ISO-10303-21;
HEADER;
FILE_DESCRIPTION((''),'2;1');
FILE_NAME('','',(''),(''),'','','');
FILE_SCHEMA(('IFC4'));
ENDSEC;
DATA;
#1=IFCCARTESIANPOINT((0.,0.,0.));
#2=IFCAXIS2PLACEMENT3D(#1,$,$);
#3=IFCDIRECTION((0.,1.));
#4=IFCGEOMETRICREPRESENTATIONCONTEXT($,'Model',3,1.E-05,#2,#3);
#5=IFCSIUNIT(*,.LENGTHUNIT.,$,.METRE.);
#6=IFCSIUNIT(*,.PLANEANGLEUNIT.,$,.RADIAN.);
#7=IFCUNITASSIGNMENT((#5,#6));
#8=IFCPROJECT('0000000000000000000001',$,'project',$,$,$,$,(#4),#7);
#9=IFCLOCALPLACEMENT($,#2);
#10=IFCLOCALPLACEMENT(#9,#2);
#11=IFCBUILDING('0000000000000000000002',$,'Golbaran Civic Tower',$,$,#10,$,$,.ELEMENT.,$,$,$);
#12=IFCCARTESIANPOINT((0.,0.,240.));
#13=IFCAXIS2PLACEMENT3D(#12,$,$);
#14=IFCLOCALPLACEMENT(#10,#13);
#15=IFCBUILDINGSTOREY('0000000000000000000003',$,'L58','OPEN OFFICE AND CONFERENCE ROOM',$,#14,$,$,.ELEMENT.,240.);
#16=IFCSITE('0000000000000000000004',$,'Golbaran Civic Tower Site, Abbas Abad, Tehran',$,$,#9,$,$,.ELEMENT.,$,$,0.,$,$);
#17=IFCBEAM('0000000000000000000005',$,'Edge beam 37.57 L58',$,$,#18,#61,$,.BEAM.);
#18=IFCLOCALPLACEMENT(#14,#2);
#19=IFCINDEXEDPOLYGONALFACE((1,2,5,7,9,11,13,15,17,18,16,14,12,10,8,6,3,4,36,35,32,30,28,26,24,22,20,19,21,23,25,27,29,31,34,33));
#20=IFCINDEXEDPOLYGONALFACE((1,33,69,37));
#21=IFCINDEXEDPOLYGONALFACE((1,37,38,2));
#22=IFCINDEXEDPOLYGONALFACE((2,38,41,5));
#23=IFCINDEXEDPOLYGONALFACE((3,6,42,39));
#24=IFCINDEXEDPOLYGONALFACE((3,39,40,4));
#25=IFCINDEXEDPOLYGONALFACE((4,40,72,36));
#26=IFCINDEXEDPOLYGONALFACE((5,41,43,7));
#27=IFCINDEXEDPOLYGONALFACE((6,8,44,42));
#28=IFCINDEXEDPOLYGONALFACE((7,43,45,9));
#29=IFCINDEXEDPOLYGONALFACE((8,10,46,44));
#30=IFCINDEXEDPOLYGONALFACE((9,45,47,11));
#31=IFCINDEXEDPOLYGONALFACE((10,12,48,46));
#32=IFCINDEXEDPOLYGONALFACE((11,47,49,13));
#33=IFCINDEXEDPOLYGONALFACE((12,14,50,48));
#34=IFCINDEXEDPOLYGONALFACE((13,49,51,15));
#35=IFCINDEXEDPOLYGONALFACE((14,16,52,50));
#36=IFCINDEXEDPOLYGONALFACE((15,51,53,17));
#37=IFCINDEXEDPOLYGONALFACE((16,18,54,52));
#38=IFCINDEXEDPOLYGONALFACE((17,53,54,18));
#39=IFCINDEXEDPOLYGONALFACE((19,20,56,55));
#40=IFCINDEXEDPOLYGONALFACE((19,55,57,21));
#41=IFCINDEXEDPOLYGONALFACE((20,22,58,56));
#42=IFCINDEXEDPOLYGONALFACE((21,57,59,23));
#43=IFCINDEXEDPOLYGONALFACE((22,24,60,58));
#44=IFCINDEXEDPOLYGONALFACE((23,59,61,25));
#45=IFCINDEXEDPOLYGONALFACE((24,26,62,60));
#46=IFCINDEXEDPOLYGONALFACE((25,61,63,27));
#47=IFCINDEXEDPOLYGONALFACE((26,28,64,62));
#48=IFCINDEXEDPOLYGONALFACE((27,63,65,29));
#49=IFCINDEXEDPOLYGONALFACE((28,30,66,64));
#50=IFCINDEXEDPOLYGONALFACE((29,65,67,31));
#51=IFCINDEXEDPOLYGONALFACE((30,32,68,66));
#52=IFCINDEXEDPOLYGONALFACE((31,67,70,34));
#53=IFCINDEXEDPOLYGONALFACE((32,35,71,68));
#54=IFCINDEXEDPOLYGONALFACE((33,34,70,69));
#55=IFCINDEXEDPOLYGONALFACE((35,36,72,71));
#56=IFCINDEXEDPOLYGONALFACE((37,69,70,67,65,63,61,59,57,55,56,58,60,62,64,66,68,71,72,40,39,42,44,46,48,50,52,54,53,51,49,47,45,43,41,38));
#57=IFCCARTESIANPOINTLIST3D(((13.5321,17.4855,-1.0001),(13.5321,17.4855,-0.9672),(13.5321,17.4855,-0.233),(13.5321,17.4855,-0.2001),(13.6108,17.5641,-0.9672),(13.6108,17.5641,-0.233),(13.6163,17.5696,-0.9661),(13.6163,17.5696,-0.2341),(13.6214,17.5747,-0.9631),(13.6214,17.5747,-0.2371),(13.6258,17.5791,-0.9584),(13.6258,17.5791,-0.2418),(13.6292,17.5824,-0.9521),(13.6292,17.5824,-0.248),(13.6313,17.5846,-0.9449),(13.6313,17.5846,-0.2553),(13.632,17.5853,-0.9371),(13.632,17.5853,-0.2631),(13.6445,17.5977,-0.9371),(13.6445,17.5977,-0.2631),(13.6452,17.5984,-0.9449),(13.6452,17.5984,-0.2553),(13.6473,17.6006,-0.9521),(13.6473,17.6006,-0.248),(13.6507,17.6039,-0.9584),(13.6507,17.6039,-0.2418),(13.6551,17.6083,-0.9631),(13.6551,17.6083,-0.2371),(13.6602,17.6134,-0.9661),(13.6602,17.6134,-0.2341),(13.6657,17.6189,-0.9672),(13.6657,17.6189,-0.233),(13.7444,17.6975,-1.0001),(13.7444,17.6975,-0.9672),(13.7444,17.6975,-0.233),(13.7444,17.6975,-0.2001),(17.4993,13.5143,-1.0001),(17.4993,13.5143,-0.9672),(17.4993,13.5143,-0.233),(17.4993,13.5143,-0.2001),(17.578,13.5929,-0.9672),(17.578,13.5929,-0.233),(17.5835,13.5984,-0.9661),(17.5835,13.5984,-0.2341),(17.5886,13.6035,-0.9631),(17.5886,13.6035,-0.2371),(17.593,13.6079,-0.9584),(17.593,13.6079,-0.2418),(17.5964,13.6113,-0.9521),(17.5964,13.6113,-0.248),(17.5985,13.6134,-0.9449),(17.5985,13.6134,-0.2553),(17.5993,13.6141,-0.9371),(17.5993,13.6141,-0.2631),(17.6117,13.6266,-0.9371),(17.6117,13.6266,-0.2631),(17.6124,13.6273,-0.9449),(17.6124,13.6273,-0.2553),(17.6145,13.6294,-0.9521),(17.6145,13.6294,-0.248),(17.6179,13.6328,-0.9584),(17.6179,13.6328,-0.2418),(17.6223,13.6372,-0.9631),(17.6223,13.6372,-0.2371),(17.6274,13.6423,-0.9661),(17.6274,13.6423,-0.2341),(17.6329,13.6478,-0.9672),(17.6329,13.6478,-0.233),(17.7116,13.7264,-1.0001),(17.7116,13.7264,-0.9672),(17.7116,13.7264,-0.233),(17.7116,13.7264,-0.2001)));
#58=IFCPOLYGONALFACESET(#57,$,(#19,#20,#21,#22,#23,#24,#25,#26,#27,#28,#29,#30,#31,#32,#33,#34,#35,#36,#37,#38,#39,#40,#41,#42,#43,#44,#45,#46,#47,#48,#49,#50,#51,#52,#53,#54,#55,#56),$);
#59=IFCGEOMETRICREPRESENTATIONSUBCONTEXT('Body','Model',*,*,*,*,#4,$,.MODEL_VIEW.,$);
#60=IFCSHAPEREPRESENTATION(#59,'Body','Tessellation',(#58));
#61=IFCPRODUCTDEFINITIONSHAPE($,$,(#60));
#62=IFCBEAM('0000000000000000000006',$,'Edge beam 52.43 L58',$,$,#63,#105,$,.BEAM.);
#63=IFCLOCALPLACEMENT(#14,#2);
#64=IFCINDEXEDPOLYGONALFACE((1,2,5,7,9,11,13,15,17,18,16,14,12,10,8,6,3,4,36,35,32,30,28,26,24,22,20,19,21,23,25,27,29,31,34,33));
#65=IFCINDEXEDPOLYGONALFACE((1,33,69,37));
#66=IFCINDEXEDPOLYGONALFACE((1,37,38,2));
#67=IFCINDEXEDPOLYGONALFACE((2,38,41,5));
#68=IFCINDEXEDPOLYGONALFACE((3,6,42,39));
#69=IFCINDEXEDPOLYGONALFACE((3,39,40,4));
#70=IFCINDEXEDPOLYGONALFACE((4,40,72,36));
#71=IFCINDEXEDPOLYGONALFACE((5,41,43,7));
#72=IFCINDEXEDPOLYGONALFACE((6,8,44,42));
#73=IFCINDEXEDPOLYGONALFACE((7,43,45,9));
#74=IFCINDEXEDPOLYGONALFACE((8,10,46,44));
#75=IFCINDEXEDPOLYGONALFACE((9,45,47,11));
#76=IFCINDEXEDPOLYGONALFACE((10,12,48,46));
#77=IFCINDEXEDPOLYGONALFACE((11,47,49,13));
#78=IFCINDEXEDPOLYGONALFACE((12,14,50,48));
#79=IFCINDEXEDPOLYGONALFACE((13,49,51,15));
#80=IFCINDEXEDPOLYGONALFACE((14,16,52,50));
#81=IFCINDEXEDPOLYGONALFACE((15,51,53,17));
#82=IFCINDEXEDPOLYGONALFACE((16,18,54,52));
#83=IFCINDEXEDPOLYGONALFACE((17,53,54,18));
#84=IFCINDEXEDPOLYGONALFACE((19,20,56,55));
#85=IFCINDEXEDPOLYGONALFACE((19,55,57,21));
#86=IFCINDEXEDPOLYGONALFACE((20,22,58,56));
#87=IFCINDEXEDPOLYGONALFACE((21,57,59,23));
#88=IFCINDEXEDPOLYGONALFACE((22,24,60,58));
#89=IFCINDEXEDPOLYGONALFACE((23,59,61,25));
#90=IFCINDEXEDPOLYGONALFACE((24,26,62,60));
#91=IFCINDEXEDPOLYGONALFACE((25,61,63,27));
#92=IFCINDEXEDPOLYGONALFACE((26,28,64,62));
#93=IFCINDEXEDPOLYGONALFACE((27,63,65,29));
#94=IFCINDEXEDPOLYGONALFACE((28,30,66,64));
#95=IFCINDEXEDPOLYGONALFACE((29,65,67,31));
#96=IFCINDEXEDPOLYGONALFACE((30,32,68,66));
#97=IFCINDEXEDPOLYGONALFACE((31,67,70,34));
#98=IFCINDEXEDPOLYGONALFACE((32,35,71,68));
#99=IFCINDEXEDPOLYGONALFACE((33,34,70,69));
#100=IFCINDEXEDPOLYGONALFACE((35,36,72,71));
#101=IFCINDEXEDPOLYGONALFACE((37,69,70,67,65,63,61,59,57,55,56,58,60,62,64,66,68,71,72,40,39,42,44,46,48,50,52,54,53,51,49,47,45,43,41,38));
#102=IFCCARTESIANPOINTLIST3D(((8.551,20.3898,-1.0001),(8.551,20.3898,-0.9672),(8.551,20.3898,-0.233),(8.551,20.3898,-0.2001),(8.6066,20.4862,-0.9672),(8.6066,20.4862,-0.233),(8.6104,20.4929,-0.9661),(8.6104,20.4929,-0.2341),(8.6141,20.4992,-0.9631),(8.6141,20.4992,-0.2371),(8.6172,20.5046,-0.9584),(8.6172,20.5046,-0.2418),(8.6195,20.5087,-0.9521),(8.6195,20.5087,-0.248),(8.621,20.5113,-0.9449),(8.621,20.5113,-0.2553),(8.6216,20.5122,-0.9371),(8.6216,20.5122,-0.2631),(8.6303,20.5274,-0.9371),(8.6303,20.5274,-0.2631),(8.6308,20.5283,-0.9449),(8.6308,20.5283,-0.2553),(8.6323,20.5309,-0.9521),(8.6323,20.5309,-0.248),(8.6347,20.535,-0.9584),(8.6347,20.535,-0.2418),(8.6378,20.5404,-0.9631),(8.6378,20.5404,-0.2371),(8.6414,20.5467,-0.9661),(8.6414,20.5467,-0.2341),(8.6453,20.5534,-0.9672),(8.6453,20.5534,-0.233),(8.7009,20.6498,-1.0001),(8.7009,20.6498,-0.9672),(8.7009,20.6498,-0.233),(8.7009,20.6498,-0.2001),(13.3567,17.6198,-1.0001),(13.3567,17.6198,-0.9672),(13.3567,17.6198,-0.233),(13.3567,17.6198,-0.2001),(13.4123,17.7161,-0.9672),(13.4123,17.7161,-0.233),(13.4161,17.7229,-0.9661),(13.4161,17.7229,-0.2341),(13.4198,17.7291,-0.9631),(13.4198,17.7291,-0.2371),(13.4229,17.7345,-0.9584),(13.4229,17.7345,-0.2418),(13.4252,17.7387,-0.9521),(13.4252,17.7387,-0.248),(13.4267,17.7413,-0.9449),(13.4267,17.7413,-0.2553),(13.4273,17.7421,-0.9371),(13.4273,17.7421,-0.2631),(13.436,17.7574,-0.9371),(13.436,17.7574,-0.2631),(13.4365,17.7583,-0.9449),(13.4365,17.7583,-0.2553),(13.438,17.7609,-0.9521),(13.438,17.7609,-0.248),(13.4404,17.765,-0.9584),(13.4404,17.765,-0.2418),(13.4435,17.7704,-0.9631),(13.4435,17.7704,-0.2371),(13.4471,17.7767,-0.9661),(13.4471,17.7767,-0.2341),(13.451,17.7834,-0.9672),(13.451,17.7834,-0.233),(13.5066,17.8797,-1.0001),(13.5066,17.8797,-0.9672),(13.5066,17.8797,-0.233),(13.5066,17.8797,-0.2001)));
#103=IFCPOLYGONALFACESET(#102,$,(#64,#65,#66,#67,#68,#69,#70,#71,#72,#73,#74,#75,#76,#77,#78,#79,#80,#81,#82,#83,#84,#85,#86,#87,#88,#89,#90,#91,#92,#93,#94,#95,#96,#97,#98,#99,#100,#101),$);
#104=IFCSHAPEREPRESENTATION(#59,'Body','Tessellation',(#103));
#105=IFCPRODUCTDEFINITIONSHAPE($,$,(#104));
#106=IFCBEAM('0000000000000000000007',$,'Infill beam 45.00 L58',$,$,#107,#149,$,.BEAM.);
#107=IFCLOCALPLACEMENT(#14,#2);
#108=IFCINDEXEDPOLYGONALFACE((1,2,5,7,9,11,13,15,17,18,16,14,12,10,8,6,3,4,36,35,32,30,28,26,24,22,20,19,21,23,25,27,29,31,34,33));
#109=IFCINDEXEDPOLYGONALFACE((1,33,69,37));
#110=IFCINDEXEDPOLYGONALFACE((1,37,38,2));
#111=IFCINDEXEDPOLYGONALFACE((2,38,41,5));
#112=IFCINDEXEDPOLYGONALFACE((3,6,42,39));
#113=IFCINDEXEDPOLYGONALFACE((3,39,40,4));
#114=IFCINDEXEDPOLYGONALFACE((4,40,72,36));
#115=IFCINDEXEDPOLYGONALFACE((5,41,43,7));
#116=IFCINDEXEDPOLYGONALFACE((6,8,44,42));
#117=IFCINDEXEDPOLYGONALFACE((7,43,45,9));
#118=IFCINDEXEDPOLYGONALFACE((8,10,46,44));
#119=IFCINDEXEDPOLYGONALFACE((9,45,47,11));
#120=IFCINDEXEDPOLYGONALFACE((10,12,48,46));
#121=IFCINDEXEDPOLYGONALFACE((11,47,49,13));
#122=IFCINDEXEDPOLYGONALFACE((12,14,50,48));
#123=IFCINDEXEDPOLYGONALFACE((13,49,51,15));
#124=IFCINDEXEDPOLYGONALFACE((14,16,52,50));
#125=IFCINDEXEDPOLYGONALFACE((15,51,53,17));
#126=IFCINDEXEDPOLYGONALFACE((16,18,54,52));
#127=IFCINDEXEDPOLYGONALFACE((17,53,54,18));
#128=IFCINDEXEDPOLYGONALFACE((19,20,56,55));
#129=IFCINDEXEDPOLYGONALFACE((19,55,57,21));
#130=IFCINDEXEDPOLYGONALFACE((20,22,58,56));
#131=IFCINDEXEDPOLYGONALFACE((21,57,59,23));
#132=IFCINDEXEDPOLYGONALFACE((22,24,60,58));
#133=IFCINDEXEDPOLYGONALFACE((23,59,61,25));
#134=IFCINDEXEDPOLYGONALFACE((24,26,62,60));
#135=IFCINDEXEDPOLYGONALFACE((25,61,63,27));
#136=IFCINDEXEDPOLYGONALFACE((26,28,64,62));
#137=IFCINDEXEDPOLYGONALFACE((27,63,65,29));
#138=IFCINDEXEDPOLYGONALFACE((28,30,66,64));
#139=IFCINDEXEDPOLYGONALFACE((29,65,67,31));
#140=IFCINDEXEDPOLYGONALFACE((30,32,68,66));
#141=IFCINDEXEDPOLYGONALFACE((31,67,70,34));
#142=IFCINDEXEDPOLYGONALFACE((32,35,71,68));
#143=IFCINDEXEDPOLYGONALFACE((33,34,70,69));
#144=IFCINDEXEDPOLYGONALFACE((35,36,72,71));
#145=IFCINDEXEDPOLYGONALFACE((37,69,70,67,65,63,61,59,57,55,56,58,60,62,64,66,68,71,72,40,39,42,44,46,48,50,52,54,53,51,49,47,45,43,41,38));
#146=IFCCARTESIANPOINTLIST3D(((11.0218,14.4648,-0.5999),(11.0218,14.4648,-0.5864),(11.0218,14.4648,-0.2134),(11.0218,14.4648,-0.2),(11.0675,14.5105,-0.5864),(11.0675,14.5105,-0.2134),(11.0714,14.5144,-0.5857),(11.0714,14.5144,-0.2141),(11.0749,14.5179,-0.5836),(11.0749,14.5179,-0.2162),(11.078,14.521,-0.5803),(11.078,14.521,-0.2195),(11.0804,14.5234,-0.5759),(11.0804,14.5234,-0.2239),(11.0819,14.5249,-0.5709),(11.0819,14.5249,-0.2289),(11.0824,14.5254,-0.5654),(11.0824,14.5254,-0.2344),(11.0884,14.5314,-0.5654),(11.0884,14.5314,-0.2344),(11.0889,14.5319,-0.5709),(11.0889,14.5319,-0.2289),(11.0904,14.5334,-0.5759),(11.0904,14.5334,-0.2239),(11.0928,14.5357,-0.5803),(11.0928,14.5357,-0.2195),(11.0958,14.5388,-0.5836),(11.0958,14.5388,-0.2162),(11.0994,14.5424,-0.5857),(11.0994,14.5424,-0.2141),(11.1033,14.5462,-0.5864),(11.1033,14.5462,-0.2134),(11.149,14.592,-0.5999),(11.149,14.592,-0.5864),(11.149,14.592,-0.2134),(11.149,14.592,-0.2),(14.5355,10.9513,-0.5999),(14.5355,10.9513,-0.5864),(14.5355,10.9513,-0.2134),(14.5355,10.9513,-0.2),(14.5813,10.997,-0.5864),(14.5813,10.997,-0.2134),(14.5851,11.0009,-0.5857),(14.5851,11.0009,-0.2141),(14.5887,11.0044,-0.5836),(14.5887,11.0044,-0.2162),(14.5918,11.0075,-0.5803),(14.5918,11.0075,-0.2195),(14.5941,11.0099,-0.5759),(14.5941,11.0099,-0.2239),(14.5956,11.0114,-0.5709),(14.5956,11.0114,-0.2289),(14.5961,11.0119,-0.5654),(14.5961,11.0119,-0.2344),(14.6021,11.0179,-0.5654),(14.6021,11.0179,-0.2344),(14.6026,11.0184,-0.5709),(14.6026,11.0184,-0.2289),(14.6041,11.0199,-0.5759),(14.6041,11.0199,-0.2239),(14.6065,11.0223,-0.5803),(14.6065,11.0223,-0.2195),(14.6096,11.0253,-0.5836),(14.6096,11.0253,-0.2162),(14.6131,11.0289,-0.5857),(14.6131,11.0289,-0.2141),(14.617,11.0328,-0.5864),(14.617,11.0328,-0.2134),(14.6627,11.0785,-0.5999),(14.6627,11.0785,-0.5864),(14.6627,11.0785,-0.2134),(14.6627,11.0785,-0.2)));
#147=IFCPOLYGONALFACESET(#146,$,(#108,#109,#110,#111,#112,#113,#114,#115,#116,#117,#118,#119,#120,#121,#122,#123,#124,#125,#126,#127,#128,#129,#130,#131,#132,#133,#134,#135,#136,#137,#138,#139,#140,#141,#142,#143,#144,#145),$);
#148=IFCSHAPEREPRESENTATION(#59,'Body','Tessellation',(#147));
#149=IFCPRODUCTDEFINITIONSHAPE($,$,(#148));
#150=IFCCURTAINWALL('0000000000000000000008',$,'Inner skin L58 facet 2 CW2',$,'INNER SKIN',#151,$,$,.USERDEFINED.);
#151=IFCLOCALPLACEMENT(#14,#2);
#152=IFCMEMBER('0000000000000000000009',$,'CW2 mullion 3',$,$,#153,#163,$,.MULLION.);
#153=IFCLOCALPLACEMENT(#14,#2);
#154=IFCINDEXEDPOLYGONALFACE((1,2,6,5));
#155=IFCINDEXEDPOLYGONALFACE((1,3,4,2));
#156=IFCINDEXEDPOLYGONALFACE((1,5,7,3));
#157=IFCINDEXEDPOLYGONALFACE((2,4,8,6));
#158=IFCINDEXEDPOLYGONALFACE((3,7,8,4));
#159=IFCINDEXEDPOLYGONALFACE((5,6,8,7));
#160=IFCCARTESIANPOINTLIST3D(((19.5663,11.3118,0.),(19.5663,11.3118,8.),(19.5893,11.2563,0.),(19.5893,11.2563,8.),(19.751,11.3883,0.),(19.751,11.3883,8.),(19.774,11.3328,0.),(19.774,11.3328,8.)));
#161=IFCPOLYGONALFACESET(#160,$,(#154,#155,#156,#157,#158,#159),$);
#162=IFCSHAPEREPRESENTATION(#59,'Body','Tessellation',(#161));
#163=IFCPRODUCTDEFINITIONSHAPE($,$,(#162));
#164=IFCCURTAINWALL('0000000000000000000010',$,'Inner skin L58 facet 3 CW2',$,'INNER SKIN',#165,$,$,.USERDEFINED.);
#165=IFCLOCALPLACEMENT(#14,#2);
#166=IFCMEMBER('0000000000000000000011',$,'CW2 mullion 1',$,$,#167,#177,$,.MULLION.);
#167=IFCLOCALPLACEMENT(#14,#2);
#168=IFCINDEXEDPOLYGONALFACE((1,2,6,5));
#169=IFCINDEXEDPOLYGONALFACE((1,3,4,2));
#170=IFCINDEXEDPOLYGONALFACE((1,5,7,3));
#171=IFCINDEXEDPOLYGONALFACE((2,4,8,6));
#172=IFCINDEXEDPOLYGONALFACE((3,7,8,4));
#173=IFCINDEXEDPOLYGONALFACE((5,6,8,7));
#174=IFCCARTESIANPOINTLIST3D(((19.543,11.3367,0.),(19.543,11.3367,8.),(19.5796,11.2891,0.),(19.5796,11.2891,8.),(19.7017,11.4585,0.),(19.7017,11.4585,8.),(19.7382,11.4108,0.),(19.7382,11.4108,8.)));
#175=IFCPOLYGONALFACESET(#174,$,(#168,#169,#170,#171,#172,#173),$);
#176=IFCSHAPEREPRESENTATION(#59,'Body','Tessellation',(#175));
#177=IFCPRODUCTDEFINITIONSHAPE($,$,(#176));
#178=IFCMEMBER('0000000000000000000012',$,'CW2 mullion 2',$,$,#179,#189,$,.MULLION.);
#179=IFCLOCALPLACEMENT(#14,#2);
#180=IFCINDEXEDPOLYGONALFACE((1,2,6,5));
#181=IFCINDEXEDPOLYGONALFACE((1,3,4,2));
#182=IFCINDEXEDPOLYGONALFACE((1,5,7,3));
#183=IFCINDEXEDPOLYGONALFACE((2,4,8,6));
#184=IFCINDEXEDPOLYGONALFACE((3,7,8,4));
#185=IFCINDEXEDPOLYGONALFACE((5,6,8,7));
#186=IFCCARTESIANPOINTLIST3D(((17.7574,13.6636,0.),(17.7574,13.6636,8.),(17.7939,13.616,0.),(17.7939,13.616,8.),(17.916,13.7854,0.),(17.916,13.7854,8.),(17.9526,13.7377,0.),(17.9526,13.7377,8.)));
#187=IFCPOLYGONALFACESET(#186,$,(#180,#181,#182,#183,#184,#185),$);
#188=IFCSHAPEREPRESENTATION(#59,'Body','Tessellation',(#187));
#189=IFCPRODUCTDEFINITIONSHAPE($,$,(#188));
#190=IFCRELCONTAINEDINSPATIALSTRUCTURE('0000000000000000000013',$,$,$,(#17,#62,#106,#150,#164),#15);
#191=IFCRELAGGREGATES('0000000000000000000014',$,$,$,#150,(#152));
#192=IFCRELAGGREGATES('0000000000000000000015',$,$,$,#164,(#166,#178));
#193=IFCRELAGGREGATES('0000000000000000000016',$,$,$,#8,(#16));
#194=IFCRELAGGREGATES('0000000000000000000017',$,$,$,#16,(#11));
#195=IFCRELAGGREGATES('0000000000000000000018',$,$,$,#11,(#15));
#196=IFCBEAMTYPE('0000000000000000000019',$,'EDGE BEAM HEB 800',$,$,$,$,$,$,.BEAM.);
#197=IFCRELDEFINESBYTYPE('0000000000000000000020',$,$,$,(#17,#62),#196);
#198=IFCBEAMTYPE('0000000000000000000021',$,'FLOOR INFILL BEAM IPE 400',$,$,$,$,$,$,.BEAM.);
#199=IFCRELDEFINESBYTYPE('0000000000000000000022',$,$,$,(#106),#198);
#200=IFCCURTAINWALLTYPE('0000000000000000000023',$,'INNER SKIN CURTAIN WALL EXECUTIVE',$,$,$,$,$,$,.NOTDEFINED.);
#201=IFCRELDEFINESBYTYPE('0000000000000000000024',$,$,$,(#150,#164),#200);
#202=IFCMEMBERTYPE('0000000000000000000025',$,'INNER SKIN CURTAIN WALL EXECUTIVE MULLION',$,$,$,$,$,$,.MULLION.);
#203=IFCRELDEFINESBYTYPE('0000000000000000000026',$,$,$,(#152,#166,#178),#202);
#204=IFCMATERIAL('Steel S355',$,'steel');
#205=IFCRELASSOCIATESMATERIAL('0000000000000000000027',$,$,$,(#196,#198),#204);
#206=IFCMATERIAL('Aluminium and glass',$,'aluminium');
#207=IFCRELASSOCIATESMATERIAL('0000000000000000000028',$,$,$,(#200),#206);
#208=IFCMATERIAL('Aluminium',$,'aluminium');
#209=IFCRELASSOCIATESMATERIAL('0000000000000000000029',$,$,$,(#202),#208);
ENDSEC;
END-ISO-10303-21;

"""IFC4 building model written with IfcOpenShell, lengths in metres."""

from ifc_helpers import new_model, si_unit, direction, frame, origin, origin_2d, place, context, subcontext, project, spatial, rectangle, i_section, extrude, material, material_profile, profile_set, type_object, element, aggregate, save


model = new_model("IFC4")

# Units and contexts
model_context = context("Model", 3, precision=1e-05, world=origin(), true_north=direction((0.0, 1.0)))
body_context = subcontext(model_context, "Body", "Model", "MODEL_VIEW")
ifc_project = project(units=[si_unit("LENGTHUNIT", "METRE"), si_unit("PLANEANGLEUNIT", "RADIAN")], contexts=[model_context])

# Site, building, storey
site_placement = place(None, origin())
site = spatial("IfcSite", under=ifc_project, at=site_placement, Name="Golbaran Civic Tower Site, Abbas Abad, Tehran", CompositionType="ELEMENT", RefElevation=0.0)
building_placement = place(site_placement, origin())
building = spatial("IfcBuilding", under=site, at=building_placement, Name="Golbaran Civic Tower", CompositionType="ELEMENT")
storey_placement = place(building_placement, frame((0.0, 0.0, 240.0)))
storey = spatial("IfcBuildingStorey", under=building, at=storey_placement, Name="L58", Description="OPEN OFFICE AND CONFERENCE ROOM", CompositionType="ELEMENT", Elevation=240.0)

# Beams
ifc_material_1 = material(Name="Steel S355", Category="steel")
ifc_material_profile_1 = material_profile(ifc_material_1, i_section(OverallWidth=0.3, OverallDepth=0.8, WebThickness=0.0176, FlangeThickness=0.033, FilletRadius=0.03, at=origin_2d()), Name="HEB 800")
ifc_profile_set_1 = profile_set([ifc_material_profile_1], Name="Steel S355")
beam_type_1 = type_object("IfcBeamType", Name="EDGE BEAM HEB 800", PredefinedType="BEAM", material=ifc_profile_set_1)
beam_1_placement = place(storey_placement, frame((17.6055, 13.6204, -0.6001), z_axis=(-0.706759, 0.707455, 0.0), x_axis=(-0.707455, -0.706759, 0.0)))
element("IfcBeam", 1, at=beam_1_placement, inside=storey, type_object=beam_type_1, Name="Edge beam 37.57 L58", PredefinedType="BEAM", context=body_context, shape_type="SweptSolid", body=[
    extrude(i_section(OverallWidth=0.3, OverallDepth=0.8, WebThickness=0.0176, FlangeThickness=0.033, FilletRadius=0.03, at=origin_2d()), origin(), (0.0, 0.0, 1.0), 5.6133),
])
beam_2_placement = place(storey_placement, frame((13.4316, 17.7498, -0.6001), z_axis=(-0.866379, 0.499387, 0.0), x_axis=(-0.499387, -0.866379, 0.0)))
element("IfcBeam", 2, at=beam_2_placement, inside=storey, type_object=beam_type_1, Name="Edge beam 52.43 L58", PredefinedType="BEAM", context=body_context, shape_type="SweptSolid", body=[
    extrude(i_section(OverallWidth=0.3, OverallDepth=0.8, WebThickness=0.0176, FlangeThickness=0.033, FilletRadius=0.03, at=origin_2d()), origin(), (0.0, 0.0, 1.0), 5.5469),
])
ifc_material_profile_2 = material_profile(ifc_material_1, i_section(OverallWidth=0.1799, OverallDepth=0.3999, WebThickness=0.0085, FlangeThickness=0.0134, FilletRadius=0.021, at=origin_2d()), Name="IPE 400")
ifc_profile_set_2 = profile_set([ifc_material_profile_2], Name="Steel S355")
beam_type_2 = type_object("IfcBeamType", Name="FLOOR INFILL BEAM IPE 400", PredefinedType="BEAM", material=ifc_profile_set_2)
beam_3_placement = place(storey_placement, frame((14.5991, 11.0149, -0.3999), z_axis=(-0.707131, 0.707082, 0.0), x_axis=(-0.707082, -0.707131, 0.0)))
element("IfcBeam", 3, at=beam_3_placement, inside=storey, type_object=beam_type_2, Name="Infill beam 45.00 L58", PredefinedType="BEAM", context=body_context, shape_type="SweptSolid", body=[
    extrude(i_section(OverallWidth=0.1799, OverallDepth=0.3999, WebThickness=0.0085, FlangeThickness=0.0134, FilletRadius=0.021, at=origin_2d()), origin(), (0.0, 0.0, 1.0), 4.969),
])

# Curtain wall, member
ifc_material_2 = material(Name="Aluminium and glass", Category="aluminium")
curtain_wall_type = type_object("IfcCurtainWallType", Name="INNER SKIN CURTAIN WALL EXECUTIVE", PredefinedType="NOTDEFINED", material=ifc_material_2)
curtain_wall_1_placement = place(storey_placement, origin())
curtain_wall_1 = element("IfcCurtainWall", 4, at=curtain_wall_1_placement, inside=storey, type_object=curtain_wall_type, Name="Inner skin L58 facet 2 CW2", ObjectType="INNER SKIN", PredefinedType="USERDEFINED")
ifc_material_3 = material(Name="Aluminium", Category="aluminium")
ifc_material_profile_3 = material_profile(ifc_material_3, rectangle(XDim=0.2, YDim=0.0601, at=origin_2d()), Name="INNER SKIN CURTAIN WALL EXECUTIVE MULLION")
ifc_profile_set_3 = profile_set([ifc_material_profile_3], Name="Aluminium")
member_type_1 = type_object("IfcMemberType", Name="INNER SKIN CURTAIN WALL EXECUTIVE MULLION", PredefinedType="MULLION", material=ifc_profile_set_3)
member_1_placement = place(storey_placement, frame((19.6702, 11.3223, 0.0), z_axis=(0.0, 0.0, 1.0), x_axis=(-0.92388, -0.382683, 0.0)))
member_1 = element("IfcMember", 5, at=member_1_placement, type_object=member_type_1, Name="CW2 mullion 3", PredefinedType="MULLION", context=body_context, shape_type="SweptSolid", body=[
    extrude(rectangle(XDim=0.2, YDim=0.0601, at=origin_2d()), origin(), (0.0, 0.0, 1.0), 8.0),
])
aggregate(curtain_wall_1, [member_1])

# Curtain wall, members
curtain_wall_2_placement = place(storey_placement, origin())
curtain_wall_2 = element("IfcCurtainWall", 6, at=curtain_wall_2_placement, inside=storey, type_object=curtain_wall_type, Name="Inner skin L58 facet 3 CW2", ObjectType="INNER SKIN", PredefinedType="USERDEFINED")
member_2_placement = place(storey_placement, frame((19.6406, 11.3738, 0.0), z_axis=(0.0, 0.0, 1.0), x_axis=(-0.793353, -0.608761, 0.0)))
member_2 = element("IfcMember", 7, at=member_2_placement, type_object=member_type_1, Name="CW2 mullion 1", PredefinedType="MULLION", context=body_context, shape_type="SweptSolid", body=[
    extrude(rectangle(XDim=0.2, YDim=0.0601, at=origin_2d()), origin(), (0.0, 0.0, 1.0), 8.0),
])
member_3_placement = place(storey_placement, frame((17.855, 13.7007, 0.0), z_axis=(0.0, 0.0, 1.0), x_axis=(-0.793353, -0.608761, 0.0)))
member_3 = element("IfcMember", 8, at=member_3_placement, type_object=member_type_1, Name="CW2 mullion 2", PredefinedType="MULLION", context=body_context, shape_type="SweptSolid", body=[
    extrude(rectangle(XDim=0.2, YDim=0.0601, at=origin_2d()), origin(), (0.0, 0.0, 1.0), 8.0),
])

aggregate(curtain_wall_2, [member_2, member_3])

save(model, "model.ifc")
